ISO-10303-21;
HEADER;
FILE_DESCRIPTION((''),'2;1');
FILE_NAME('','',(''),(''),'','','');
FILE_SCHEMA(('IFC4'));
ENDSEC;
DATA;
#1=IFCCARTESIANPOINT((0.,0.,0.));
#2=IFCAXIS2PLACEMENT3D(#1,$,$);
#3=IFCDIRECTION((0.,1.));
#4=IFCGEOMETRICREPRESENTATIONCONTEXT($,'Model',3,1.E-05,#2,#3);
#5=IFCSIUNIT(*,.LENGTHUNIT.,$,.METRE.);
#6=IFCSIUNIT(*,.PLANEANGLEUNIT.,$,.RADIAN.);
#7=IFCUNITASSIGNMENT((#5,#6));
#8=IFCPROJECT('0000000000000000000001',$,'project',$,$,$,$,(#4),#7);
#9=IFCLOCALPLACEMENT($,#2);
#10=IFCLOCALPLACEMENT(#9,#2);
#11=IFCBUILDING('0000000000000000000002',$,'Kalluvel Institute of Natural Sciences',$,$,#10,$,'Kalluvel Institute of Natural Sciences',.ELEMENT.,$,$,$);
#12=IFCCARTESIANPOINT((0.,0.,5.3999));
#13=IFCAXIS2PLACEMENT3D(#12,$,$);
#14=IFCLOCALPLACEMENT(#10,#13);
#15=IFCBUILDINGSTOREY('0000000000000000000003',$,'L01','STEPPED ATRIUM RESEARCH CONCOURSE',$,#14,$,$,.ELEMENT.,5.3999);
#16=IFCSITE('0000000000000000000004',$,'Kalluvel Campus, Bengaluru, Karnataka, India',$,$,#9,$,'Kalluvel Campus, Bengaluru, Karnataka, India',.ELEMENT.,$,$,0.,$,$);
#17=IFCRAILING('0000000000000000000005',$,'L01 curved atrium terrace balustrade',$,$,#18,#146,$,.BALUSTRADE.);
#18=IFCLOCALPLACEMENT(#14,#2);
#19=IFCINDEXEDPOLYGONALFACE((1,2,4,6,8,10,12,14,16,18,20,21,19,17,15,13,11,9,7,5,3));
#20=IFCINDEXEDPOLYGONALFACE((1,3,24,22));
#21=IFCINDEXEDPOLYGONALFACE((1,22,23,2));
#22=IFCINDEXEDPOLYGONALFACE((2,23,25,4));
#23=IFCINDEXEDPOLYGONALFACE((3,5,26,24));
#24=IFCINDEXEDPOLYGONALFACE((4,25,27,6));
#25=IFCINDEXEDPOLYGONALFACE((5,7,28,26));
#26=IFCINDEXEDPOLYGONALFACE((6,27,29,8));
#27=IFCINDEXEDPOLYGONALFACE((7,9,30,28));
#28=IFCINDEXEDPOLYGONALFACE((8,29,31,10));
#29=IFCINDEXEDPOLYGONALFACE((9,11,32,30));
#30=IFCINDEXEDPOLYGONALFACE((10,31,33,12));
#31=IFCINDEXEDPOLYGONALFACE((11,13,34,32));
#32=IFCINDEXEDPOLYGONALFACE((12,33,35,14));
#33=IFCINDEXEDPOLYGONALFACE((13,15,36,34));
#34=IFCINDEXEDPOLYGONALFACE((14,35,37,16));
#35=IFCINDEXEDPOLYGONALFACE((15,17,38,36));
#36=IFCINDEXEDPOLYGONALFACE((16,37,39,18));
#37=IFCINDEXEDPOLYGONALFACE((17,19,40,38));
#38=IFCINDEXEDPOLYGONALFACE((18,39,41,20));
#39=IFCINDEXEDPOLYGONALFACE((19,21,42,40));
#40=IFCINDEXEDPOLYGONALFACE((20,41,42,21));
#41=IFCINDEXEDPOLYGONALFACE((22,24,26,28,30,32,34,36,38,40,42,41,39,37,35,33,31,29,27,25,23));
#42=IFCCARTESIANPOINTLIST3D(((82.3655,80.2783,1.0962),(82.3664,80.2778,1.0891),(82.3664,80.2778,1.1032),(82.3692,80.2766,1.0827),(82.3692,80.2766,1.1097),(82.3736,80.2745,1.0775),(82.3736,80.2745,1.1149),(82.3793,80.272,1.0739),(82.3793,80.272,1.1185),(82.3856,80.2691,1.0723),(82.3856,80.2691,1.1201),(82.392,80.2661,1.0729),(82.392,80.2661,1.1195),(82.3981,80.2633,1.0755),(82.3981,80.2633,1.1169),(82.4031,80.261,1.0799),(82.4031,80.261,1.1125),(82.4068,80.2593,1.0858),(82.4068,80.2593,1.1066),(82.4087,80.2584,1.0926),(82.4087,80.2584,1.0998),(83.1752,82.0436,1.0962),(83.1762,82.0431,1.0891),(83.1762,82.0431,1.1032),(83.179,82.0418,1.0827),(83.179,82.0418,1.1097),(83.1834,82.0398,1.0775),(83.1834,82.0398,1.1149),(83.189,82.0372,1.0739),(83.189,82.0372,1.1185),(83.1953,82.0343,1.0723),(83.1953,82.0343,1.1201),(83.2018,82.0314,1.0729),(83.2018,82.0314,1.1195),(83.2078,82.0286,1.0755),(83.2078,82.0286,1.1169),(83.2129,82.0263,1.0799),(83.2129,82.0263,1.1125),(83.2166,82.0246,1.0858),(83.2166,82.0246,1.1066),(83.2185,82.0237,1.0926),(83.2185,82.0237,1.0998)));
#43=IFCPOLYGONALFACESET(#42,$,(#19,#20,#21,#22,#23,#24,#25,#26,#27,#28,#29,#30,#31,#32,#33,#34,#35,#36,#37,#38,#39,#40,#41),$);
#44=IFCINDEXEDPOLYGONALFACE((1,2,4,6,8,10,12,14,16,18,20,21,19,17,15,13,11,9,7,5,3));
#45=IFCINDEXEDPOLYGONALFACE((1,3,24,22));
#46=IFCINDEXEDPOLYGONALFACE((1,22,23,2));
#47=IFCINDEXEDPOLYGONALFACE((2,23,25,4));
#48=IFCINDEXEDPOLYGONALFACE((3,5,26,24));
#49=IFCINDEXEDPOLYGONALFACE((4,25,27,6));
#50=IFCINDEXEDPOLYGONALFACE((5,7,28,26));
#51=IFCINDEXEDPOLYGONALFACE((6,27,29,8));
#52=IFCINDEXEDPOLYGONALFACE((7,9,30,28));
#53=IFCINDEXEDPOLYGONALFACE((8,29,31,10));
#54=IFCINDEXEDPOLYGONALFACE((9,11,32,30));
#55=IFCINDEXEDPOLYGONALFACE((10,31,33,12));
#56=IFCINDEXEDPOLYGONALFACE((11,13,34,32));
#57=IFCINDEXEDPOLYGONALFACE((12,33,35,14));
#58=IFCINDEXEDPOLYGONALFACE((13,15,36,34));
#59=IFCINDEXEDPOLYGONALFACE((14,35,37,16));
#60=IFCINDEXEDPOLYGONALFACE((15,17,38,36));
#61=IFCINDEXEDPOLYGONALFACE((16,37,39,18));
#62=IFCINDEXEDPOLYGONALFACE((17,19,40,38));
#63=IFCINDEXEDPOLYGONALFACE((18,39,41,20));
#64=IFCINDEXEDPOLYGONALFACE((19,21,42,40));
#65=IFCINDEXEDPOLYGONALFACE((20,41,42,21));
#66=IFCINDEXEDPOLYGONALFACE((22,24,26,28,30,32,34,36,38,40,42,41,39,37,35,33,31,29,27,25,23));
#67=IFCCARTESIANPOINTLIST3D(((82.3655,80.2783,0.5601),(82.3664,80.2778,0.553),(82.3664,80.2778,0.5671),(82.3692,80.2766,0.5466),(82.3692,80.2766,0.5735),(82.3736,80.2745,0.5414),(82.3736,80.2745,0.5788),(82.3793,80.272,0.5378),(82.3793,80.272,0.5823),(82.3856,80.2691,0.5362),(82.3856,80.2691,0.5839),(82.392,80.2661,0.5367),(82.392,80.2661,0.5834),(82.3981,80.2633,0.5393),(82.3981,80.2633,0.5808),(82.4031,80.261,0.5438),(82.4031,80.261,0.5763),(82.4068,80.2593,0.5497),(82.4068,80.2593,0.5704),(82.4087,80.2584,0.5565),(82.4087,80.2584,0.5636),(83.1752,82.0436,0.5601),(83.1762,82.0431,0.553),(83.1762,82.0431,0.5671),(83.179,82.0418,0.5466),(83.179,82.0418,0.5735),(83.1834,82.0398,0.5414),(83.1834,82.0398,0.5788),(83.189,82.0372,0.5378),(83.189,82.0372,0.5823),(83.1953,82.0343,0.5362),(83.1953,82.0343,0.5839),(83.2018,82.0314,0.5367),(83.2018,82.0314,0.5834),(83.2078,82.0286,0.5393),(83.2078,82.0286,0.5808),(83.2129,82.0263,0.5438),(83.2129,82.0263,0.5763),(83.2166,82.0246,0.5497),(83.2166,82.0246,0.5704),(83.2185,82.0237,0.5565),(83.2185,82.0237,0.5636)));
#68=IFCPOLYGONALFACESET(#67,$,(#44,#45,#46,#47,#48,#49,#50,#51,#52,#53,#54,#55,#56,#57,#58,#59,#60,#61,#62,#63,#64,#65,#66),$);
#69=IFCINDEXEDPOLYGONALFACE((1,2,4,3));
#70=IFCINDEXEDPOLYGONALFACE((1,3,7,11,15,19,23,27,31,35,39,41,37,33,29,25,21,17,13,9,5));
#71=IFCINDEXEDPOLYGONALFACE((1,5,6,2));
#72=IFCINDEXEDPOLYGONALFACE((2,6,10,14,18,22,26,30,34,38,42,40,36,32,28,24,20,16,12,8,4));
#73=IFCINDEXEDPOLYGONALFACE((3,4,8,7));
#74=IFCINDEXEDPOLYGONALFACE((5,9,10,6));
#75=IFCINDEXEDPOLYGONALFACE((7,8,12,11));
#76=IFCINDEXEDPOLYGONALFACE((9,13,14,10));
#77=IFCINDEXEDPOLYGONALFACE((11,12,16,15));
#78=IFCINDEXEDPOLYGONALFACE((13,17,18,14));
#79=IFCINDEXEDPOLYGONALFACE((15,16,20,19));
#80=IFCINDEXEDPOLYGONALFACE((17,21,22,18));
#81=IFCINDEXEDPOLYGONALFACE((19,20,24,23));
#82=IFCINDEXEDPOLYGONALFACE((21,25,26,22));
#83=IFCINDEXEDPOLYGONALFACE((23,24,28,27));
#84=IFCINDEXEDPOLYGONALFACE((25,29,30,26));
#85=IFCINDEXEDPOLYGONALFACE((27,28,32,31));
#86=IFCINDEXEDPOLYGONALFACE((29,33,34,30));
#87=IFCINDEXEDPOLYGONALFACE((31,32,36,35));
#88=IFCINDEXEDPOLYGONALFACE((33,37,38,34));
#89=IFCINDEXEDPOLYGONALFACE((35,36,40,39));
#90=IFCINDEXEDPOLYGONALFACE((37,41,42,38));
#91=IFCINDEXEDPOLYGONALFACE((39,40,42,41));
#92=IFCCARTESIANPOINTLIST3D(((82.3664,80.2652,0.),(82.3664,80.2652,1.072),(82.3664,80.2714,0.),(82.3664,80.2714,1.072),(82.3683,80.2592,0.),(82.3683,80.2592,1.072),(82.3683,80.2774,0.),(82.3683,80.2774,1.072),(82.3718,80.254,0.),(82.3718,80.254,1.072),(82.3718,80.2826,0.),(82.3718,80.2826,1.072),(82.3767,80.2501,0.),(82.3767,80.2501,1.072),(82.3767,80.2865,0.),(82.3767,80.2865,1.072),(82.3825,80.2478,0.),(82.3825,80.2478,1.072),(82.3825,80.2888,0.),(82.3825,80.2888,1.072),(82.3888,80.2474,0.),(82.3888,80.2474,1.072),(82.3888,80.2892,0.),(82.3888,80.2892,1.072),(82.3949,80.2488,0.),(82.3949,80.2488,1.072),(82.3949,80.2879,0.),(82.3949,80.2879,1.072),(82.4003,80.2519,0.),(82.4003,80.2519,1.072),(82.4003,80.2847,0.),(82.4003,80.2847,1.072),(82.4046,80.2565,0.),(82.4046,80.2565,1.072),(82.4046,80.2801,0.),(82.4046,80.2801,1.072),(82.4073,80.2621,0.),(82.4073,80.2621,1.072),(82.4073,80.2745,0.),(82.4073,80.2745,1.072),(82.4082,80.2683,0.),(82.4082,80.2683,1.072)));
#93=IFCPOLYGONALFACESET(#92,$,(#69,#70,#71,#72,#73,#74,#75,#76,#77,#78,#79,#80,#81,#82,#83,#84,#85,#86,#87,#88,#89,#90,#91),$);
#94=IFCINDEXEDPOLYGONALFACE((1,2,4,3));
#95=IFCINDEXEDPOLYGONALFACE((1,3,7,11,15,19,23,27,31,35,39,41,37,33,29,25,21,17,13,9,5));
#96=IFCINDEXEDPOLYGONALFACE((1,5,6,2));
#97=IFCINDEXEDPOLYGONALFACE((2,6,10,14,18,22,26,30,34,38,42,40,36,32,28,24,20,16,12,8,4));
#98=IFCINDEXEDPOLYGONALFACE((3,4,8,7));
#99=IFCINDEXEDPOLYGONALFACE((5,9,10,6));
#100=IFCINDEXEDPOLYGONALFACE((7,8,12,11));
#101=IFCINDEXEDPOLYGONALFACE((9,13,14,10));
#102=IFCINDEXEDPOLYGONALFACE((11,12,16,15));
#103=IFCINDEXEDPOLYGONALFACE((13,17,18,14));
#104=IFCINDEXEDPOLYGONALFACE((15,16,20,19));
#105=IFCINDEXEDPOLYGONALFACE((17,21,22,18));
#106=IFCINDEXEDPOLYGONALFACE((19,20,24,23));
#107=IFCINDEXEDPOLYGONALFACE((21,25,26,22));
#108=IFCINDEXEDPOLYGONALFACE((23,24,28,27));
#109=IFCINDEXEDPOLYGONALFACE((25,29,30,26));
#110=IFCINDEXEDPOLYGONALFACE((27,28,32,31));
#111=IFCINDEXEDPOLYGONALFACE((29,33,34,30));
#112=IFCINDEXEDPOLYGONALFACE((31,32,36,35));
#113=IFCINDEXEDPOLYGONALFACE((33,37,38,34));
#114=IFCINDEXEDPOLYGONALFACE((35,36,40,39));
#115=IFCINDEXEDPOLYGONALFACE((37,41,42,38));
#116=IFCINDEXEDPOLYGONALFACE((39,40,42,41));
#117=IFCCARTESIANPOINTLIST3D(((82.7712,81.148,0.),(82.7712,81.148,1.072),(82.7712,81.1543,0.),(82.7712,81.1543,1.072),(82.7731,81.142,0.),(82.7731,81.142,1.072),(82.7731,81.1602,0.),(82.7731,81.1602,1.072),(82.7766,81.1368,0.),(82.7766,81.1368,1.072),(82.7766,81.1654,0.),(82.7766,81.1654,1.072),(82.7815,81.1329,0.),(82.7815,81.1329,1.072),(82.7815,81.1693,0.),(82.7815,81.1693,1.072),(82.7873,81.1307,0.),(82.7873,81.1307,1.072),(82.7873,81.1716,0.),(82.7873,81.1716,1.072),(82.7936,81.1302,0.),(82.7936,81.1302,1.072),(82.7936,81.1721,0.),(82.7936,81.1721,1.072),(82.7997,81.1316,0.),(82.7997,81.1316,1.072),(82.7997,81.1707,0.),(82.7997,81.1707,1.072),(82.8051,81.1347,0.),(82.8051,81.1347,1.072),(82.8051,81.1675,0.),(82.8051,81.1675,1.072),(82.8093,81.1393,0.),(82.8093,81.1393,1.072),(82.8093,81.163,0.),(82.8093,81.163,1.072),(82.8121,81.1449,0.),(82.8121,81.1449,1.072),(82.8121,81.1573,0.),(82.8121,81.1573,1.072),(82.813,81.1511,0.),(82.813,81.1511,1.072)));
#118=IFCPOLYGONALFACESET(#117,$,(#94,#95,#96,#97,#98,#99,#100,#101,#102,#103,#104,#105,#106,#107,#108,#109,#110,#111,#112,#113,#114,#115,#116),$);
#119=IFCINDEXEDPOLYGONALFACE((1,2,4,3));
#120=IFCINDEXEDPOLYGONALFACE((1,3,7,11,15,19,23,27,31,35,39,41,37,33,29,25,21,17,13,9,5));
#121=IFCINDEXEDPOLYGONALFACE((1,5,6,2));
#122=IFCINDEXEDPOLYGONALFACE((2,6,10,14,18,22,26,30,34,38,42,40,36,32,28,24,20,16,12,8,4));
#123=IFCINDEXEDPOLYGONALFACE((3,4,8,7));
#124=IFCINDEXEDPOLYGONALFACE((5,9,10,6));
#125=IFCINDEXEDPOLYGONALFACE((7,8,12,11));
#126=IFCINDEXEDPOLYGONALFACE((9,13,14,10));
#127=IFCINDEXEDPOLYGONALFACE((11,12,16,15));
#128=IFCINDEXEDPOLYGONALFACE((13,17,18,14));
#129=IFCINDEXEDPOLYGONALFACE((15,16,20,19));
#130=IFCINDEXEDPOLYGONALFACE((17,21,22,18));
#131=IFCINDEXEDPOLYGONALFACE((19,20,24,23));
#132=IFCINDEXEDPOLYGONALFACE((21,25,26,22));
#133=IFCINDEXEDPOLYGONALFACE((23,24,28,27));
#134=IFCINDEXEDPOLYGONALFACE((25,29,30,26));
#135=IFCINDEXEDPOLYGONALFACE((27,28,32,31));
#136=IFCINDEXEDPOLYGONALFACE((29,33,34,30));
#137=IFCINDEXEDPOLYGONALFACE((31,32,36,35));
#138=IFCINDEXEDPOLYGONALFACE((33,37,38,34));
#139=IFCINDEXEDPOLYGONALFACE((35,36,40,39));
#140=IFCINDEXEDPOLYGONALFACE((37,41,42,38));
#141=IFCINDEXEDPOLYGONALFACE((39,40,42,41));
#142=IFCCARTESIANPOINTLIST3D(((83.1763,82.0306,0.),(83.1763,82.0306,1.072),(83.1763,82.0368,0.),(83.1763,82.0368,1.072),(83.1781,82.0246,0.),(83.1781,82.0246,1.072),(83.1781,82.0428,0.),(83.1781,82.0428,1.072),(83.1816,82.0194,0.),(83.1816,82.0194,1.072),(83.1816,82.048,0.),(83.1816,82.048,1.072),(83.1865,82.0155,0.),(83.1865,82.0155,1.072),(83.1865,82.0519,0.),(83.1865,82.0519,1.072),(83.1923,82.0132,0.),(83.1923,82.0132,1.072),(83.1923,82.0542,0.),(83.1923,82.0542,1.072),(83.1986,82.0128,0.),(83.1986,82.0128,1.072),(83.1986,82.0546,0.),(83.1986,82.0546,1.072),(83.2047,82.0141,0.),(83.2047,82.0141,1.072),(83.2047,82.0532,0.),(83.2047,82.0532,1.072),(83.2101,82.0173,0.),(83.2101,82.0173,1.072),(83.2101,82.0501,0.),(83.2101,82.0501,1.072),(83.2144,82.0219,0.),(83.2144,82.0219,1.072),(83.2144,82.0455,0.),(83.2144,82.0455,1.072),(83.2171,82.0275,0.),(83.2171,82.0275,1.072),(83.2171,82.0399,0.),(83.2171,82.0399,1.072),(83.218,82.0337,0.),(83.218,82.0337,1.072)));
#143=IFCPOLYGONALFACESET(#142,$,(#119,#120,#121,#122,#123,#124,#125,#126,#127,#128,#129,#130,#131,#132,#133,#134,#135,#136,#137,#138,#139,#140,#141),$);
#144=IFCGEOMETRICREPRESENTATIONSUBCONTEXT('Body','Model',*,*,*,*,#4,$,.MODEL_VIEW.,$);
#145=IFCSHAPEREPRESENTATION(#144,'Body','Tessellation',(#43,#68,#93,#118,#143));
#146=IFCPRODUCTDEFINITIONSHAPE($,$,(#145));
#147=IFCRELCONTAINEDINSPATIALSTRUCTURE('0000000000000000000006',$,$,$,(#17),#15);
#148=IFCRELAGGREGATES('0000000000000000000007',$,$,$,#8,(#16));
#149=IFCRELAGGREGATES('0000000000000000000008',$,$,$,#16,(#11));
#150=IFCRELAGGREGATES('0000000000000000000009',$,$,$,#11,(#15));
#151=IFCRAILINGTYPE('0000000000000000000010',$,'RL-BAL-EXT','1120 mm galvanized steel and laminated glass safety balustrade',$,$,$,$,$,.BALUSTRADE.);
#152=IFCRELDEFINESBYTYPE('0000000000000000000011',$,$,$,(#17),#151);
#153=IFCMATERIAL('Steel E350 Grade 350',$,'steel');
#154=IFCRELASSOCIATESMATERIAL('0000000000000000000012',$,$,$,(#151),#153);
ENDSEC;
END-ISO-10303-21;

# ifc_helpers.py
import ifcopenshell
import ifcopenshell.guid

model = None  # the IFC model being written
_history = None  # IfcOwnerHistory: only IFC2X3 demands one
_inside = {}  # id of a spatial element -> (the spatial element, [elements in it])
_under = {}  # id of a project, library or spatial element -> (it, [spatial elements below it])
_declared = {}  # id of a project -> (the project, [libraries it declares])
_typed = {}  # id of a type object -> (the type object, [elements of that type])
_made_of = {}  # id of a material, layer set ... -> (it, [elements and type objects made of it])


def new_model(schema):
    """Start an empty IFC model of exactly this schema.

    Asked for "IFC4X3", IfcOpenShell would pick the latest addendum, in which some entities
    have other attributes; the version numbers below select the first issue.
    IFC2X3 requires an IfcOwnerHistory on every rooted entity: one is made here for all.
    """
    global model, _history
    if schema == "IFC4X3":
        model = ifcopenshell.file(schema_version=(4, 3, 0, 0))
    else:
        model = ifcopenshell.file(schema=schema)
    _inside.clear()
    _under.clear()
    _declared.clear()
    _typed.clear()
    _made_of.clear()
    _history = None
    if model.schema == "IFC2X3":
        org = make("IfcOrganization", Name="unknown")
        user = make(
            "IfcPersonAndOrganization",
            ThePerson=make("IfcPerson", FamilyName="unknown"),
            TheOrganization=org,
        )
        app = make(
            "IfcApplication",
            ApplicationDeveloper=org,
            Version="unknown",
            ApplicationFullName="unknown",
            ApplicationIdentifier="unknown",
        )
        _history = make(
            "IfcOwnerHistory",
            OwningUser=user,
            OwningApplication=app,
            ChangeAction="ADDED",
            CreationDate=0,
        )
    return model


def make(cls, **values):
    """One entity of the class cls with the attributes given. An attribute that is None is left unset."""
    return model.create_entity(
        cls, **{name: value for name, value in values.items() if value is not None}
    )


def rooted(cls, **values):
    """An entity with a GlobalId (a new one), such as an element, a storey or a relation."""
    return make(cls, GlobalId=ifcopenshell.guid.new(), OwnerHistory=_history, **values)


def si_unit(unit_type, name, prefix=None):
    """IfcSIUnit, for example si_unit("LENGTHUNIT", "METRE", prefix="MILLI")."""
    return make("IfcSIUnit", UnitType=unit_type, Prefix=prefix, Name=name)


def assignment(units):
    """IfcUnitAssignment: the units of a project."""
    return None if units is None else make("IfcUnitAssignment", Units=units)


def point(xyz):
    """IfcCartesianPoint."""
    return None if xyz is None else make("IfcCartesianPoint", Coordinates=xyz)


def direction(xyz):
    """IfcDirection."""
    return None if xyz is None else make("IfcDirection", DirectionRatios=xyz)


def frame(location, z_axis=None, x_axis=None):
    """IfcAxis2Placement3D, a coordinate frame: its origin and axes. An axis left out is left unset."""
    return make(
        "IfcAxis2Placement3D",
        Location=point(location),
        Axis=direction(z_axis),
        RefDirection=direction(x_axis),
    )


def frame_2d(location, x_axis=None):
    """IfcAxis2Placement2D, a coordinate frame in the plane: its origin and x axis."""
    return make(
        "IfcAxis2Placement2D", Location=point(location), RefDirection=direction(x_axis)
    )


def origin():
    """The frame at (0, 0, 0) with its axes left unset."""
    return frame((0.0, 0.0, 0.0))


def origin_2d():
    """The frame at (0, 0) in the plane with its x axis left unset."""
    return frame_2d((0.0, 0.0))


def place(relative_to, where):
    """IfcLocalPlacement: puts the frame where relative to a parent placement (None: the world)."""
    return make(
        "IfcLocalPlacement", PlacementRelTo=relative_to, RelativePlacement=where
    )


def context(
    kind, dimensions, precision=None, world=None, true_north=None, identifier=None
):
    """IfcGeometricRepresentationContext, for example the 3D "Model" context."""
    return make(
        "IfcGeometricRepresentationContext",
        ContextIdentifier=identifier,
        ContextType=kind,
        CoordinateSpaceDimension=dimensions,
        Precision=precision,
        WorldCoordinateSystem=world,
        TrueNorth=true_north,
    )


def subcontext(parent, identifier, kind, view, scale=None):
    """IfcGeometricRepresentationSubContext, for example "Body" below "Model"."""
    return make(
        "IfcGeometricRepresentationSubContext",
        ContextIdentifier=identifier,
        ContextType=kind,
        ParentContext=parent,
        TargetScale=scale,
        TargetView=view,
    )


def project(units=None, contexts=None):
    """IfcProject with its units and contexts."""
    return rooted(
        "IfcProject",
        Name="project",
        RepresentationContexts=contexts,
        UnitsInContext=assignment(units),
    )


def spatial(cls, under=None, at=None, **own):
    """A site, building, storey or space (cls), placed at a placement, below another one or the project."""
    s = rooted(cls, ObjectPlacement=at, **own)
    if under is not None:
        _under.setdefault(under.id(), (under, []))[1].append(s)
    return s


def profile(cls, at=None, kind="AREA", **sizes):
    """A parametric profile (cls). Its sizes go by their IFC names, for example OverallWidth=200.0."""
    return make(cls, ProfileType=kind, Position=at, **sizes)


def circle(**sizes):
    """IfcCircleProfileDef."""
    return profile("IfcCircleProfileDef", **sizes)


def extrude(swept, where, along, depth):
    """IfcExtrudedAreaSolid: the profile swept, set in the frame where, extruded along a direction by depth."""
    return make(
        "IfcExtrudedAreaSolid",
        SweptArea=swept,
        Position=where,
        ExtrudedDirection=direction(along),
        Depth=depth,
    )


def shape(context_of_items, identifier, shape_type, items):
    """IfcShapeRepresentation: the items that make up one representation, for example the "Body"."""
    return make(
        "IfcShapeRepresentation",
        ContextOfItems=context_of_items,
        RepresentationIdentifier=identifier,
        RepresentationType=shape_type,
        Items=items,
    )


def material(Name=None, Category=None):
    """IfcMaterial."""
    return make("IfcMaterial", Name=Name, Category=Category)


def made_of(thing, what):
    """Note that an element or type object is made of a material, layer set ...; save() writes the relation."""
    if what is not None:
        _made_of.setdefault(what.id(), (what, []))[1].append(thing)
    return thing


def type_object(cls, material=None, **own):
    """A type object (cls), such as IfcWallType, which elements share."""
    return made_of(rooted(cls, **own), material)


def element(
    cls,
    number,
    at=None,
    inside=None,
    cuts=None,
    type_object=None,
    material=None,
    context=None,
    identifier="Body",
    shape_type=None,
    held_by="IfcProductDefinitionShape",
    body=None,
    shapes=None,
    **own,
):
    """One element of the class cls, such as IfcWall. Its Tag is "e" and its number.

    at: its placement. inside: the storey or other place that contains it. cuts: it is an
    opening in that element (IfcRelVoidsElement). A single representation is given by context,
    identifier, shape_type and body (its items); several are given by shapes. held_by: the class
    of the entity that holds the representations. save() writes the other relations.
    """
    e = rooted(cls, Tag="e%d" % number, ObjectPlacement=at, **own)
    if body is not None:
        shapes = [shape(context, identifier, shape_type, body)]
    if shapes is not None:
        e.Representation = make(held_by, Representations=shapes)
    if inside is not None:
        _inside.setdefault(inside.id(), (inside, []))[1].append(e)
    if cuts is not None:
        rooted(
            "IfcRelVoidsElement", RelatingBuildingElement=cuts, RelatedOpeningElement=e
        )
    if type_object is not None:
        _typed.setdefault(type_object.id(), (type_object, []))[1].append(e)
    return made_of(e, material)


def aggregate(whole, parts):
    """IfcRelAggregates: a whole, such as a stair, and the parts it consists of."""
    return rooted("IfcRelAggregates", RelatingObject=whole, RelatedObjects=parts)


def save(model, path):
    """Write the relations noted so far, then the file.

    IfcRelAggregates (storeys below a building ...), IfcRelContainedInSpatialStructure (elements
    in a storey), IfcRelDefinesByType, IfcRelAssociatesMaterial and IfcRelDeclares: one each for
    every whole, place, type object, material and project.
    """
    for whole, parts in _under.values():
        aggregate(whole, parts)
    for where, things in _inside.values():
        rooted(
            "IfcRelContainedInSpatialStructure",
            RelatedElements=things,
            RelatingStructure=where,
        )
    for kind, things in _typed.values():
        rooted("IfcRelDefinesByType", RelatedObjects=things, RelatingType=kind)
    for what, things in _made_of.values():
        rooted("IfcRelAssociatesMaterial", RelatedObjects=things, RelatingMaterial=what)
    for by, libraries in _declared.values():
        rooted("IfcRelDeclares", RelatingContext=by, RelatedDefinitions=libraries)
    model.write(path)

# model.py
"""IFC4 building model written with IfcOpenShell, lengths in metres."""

from ifc_helpers import new_model, si_unit, direction, frame, origin, origin_2d, place, context, subcontext, project, spatial, circle, extrude, material, type_object, element, save


model = new_model("IFC4")

# Units and contexts
model_context = context("Model", 3, precision=1e-05, world=origin(), true_north=direction((0.0, 1.0)))
body_context = subcontext(model_context, "Body", "Model", "MODEL_VIEW")
ifc_project = project(units=[si_unit("LENGTHUNIT", "METRE"), si_unit("PLANEANGLEUNIT", "RADIAN")], contexts=[model_context])

# Site, building, storey
site_placement = place(None, origin())
site = spatial("IfcSite", under=ifc_project, at=site_placement, Name="Kalluvel Campus, Bengaluru, Karnataka, India", LongName="Kalluvel Campus, Bengaluru, Karnataka, India", CompositionType="ELEMENT", RefElevation=0.0)
building_placement = place(site_placement, origin())
building = spatial("IfcBuilding", under=site, at=building_placement, Name="Kalluvel Institute of Natural Sciences", LongName="Kalluvel Institute of Natural Sciences", CompositionType="ELEMENT")
storey_placement = place(building_placement, frame((0.0, 0.0, 5.3999)))
storey = spatial("IfcBuildingStorey", under=building, at=storey_placement, Name="L01", Description="STEPPED ATRIUM RESEARCH CONCOURSE", CompositionType="ELEMENT", Elevation=5.3999)

# Shared definitions
ifc_material_1 = material(Name="Steel E350 Grade 350", Category="steel")

# Railing
railing_type = type_object("IfcRailingType", Name="RL-BAL-EXT", Description="1120 mm galvanized steel and laminated glass safety balustrade", PredefinedType="BALUSTRADE", material=ifc_material_1)
railing_1_placement = place(storey_placement, frame((82.3872, 80.2683, 0.0)))
element("IfcRailing", 1, at=railing_1_placement, inside=storey, type_object=railing_type, Name="L01 curved atrium terrace balustrade", PredefinedType="BALUSTRADE", context=body_context, shape_type="SweptSolid", body=[
    extrude(circle(Radius=0.0239, at=origin_2d()), frame((0.0, 0.0, 1.0962), z_axis=(0.416945, 0.908932, 0.0), x_axis=(-0.908932, 0.416945, 0.0)), (0.0, 0.0, 1.0), 1.9421),
    extrude(circle(Radius=0.0239, at=origin_2d()), frame((0.0, 0.0, 0.5601), z_axis=(0.416945, 0.908932, 0.0), x_axis=(-0.908932, 0.416945, 0.0)), (0.0, 0.0, 1.0), 1.9421),
    extrude(circle(Radius=0.021, at=origin_2d()), origin(), (0.0, 0.0, 1.0), 1.072),
    extrude(circle(Radius=0.021, at=origin_2d()), frame((0.4048, 0.8828, 0.0)), (0.0, 0.0, 1.0), 1.072),
    extrude(circle(Radius=0.021, at=origin_2d()), frame((0.8098, 1.7654, 0.0)), (0.0, 0.0, 1.0), 1.072),
])

save(model, "model.ifc")
